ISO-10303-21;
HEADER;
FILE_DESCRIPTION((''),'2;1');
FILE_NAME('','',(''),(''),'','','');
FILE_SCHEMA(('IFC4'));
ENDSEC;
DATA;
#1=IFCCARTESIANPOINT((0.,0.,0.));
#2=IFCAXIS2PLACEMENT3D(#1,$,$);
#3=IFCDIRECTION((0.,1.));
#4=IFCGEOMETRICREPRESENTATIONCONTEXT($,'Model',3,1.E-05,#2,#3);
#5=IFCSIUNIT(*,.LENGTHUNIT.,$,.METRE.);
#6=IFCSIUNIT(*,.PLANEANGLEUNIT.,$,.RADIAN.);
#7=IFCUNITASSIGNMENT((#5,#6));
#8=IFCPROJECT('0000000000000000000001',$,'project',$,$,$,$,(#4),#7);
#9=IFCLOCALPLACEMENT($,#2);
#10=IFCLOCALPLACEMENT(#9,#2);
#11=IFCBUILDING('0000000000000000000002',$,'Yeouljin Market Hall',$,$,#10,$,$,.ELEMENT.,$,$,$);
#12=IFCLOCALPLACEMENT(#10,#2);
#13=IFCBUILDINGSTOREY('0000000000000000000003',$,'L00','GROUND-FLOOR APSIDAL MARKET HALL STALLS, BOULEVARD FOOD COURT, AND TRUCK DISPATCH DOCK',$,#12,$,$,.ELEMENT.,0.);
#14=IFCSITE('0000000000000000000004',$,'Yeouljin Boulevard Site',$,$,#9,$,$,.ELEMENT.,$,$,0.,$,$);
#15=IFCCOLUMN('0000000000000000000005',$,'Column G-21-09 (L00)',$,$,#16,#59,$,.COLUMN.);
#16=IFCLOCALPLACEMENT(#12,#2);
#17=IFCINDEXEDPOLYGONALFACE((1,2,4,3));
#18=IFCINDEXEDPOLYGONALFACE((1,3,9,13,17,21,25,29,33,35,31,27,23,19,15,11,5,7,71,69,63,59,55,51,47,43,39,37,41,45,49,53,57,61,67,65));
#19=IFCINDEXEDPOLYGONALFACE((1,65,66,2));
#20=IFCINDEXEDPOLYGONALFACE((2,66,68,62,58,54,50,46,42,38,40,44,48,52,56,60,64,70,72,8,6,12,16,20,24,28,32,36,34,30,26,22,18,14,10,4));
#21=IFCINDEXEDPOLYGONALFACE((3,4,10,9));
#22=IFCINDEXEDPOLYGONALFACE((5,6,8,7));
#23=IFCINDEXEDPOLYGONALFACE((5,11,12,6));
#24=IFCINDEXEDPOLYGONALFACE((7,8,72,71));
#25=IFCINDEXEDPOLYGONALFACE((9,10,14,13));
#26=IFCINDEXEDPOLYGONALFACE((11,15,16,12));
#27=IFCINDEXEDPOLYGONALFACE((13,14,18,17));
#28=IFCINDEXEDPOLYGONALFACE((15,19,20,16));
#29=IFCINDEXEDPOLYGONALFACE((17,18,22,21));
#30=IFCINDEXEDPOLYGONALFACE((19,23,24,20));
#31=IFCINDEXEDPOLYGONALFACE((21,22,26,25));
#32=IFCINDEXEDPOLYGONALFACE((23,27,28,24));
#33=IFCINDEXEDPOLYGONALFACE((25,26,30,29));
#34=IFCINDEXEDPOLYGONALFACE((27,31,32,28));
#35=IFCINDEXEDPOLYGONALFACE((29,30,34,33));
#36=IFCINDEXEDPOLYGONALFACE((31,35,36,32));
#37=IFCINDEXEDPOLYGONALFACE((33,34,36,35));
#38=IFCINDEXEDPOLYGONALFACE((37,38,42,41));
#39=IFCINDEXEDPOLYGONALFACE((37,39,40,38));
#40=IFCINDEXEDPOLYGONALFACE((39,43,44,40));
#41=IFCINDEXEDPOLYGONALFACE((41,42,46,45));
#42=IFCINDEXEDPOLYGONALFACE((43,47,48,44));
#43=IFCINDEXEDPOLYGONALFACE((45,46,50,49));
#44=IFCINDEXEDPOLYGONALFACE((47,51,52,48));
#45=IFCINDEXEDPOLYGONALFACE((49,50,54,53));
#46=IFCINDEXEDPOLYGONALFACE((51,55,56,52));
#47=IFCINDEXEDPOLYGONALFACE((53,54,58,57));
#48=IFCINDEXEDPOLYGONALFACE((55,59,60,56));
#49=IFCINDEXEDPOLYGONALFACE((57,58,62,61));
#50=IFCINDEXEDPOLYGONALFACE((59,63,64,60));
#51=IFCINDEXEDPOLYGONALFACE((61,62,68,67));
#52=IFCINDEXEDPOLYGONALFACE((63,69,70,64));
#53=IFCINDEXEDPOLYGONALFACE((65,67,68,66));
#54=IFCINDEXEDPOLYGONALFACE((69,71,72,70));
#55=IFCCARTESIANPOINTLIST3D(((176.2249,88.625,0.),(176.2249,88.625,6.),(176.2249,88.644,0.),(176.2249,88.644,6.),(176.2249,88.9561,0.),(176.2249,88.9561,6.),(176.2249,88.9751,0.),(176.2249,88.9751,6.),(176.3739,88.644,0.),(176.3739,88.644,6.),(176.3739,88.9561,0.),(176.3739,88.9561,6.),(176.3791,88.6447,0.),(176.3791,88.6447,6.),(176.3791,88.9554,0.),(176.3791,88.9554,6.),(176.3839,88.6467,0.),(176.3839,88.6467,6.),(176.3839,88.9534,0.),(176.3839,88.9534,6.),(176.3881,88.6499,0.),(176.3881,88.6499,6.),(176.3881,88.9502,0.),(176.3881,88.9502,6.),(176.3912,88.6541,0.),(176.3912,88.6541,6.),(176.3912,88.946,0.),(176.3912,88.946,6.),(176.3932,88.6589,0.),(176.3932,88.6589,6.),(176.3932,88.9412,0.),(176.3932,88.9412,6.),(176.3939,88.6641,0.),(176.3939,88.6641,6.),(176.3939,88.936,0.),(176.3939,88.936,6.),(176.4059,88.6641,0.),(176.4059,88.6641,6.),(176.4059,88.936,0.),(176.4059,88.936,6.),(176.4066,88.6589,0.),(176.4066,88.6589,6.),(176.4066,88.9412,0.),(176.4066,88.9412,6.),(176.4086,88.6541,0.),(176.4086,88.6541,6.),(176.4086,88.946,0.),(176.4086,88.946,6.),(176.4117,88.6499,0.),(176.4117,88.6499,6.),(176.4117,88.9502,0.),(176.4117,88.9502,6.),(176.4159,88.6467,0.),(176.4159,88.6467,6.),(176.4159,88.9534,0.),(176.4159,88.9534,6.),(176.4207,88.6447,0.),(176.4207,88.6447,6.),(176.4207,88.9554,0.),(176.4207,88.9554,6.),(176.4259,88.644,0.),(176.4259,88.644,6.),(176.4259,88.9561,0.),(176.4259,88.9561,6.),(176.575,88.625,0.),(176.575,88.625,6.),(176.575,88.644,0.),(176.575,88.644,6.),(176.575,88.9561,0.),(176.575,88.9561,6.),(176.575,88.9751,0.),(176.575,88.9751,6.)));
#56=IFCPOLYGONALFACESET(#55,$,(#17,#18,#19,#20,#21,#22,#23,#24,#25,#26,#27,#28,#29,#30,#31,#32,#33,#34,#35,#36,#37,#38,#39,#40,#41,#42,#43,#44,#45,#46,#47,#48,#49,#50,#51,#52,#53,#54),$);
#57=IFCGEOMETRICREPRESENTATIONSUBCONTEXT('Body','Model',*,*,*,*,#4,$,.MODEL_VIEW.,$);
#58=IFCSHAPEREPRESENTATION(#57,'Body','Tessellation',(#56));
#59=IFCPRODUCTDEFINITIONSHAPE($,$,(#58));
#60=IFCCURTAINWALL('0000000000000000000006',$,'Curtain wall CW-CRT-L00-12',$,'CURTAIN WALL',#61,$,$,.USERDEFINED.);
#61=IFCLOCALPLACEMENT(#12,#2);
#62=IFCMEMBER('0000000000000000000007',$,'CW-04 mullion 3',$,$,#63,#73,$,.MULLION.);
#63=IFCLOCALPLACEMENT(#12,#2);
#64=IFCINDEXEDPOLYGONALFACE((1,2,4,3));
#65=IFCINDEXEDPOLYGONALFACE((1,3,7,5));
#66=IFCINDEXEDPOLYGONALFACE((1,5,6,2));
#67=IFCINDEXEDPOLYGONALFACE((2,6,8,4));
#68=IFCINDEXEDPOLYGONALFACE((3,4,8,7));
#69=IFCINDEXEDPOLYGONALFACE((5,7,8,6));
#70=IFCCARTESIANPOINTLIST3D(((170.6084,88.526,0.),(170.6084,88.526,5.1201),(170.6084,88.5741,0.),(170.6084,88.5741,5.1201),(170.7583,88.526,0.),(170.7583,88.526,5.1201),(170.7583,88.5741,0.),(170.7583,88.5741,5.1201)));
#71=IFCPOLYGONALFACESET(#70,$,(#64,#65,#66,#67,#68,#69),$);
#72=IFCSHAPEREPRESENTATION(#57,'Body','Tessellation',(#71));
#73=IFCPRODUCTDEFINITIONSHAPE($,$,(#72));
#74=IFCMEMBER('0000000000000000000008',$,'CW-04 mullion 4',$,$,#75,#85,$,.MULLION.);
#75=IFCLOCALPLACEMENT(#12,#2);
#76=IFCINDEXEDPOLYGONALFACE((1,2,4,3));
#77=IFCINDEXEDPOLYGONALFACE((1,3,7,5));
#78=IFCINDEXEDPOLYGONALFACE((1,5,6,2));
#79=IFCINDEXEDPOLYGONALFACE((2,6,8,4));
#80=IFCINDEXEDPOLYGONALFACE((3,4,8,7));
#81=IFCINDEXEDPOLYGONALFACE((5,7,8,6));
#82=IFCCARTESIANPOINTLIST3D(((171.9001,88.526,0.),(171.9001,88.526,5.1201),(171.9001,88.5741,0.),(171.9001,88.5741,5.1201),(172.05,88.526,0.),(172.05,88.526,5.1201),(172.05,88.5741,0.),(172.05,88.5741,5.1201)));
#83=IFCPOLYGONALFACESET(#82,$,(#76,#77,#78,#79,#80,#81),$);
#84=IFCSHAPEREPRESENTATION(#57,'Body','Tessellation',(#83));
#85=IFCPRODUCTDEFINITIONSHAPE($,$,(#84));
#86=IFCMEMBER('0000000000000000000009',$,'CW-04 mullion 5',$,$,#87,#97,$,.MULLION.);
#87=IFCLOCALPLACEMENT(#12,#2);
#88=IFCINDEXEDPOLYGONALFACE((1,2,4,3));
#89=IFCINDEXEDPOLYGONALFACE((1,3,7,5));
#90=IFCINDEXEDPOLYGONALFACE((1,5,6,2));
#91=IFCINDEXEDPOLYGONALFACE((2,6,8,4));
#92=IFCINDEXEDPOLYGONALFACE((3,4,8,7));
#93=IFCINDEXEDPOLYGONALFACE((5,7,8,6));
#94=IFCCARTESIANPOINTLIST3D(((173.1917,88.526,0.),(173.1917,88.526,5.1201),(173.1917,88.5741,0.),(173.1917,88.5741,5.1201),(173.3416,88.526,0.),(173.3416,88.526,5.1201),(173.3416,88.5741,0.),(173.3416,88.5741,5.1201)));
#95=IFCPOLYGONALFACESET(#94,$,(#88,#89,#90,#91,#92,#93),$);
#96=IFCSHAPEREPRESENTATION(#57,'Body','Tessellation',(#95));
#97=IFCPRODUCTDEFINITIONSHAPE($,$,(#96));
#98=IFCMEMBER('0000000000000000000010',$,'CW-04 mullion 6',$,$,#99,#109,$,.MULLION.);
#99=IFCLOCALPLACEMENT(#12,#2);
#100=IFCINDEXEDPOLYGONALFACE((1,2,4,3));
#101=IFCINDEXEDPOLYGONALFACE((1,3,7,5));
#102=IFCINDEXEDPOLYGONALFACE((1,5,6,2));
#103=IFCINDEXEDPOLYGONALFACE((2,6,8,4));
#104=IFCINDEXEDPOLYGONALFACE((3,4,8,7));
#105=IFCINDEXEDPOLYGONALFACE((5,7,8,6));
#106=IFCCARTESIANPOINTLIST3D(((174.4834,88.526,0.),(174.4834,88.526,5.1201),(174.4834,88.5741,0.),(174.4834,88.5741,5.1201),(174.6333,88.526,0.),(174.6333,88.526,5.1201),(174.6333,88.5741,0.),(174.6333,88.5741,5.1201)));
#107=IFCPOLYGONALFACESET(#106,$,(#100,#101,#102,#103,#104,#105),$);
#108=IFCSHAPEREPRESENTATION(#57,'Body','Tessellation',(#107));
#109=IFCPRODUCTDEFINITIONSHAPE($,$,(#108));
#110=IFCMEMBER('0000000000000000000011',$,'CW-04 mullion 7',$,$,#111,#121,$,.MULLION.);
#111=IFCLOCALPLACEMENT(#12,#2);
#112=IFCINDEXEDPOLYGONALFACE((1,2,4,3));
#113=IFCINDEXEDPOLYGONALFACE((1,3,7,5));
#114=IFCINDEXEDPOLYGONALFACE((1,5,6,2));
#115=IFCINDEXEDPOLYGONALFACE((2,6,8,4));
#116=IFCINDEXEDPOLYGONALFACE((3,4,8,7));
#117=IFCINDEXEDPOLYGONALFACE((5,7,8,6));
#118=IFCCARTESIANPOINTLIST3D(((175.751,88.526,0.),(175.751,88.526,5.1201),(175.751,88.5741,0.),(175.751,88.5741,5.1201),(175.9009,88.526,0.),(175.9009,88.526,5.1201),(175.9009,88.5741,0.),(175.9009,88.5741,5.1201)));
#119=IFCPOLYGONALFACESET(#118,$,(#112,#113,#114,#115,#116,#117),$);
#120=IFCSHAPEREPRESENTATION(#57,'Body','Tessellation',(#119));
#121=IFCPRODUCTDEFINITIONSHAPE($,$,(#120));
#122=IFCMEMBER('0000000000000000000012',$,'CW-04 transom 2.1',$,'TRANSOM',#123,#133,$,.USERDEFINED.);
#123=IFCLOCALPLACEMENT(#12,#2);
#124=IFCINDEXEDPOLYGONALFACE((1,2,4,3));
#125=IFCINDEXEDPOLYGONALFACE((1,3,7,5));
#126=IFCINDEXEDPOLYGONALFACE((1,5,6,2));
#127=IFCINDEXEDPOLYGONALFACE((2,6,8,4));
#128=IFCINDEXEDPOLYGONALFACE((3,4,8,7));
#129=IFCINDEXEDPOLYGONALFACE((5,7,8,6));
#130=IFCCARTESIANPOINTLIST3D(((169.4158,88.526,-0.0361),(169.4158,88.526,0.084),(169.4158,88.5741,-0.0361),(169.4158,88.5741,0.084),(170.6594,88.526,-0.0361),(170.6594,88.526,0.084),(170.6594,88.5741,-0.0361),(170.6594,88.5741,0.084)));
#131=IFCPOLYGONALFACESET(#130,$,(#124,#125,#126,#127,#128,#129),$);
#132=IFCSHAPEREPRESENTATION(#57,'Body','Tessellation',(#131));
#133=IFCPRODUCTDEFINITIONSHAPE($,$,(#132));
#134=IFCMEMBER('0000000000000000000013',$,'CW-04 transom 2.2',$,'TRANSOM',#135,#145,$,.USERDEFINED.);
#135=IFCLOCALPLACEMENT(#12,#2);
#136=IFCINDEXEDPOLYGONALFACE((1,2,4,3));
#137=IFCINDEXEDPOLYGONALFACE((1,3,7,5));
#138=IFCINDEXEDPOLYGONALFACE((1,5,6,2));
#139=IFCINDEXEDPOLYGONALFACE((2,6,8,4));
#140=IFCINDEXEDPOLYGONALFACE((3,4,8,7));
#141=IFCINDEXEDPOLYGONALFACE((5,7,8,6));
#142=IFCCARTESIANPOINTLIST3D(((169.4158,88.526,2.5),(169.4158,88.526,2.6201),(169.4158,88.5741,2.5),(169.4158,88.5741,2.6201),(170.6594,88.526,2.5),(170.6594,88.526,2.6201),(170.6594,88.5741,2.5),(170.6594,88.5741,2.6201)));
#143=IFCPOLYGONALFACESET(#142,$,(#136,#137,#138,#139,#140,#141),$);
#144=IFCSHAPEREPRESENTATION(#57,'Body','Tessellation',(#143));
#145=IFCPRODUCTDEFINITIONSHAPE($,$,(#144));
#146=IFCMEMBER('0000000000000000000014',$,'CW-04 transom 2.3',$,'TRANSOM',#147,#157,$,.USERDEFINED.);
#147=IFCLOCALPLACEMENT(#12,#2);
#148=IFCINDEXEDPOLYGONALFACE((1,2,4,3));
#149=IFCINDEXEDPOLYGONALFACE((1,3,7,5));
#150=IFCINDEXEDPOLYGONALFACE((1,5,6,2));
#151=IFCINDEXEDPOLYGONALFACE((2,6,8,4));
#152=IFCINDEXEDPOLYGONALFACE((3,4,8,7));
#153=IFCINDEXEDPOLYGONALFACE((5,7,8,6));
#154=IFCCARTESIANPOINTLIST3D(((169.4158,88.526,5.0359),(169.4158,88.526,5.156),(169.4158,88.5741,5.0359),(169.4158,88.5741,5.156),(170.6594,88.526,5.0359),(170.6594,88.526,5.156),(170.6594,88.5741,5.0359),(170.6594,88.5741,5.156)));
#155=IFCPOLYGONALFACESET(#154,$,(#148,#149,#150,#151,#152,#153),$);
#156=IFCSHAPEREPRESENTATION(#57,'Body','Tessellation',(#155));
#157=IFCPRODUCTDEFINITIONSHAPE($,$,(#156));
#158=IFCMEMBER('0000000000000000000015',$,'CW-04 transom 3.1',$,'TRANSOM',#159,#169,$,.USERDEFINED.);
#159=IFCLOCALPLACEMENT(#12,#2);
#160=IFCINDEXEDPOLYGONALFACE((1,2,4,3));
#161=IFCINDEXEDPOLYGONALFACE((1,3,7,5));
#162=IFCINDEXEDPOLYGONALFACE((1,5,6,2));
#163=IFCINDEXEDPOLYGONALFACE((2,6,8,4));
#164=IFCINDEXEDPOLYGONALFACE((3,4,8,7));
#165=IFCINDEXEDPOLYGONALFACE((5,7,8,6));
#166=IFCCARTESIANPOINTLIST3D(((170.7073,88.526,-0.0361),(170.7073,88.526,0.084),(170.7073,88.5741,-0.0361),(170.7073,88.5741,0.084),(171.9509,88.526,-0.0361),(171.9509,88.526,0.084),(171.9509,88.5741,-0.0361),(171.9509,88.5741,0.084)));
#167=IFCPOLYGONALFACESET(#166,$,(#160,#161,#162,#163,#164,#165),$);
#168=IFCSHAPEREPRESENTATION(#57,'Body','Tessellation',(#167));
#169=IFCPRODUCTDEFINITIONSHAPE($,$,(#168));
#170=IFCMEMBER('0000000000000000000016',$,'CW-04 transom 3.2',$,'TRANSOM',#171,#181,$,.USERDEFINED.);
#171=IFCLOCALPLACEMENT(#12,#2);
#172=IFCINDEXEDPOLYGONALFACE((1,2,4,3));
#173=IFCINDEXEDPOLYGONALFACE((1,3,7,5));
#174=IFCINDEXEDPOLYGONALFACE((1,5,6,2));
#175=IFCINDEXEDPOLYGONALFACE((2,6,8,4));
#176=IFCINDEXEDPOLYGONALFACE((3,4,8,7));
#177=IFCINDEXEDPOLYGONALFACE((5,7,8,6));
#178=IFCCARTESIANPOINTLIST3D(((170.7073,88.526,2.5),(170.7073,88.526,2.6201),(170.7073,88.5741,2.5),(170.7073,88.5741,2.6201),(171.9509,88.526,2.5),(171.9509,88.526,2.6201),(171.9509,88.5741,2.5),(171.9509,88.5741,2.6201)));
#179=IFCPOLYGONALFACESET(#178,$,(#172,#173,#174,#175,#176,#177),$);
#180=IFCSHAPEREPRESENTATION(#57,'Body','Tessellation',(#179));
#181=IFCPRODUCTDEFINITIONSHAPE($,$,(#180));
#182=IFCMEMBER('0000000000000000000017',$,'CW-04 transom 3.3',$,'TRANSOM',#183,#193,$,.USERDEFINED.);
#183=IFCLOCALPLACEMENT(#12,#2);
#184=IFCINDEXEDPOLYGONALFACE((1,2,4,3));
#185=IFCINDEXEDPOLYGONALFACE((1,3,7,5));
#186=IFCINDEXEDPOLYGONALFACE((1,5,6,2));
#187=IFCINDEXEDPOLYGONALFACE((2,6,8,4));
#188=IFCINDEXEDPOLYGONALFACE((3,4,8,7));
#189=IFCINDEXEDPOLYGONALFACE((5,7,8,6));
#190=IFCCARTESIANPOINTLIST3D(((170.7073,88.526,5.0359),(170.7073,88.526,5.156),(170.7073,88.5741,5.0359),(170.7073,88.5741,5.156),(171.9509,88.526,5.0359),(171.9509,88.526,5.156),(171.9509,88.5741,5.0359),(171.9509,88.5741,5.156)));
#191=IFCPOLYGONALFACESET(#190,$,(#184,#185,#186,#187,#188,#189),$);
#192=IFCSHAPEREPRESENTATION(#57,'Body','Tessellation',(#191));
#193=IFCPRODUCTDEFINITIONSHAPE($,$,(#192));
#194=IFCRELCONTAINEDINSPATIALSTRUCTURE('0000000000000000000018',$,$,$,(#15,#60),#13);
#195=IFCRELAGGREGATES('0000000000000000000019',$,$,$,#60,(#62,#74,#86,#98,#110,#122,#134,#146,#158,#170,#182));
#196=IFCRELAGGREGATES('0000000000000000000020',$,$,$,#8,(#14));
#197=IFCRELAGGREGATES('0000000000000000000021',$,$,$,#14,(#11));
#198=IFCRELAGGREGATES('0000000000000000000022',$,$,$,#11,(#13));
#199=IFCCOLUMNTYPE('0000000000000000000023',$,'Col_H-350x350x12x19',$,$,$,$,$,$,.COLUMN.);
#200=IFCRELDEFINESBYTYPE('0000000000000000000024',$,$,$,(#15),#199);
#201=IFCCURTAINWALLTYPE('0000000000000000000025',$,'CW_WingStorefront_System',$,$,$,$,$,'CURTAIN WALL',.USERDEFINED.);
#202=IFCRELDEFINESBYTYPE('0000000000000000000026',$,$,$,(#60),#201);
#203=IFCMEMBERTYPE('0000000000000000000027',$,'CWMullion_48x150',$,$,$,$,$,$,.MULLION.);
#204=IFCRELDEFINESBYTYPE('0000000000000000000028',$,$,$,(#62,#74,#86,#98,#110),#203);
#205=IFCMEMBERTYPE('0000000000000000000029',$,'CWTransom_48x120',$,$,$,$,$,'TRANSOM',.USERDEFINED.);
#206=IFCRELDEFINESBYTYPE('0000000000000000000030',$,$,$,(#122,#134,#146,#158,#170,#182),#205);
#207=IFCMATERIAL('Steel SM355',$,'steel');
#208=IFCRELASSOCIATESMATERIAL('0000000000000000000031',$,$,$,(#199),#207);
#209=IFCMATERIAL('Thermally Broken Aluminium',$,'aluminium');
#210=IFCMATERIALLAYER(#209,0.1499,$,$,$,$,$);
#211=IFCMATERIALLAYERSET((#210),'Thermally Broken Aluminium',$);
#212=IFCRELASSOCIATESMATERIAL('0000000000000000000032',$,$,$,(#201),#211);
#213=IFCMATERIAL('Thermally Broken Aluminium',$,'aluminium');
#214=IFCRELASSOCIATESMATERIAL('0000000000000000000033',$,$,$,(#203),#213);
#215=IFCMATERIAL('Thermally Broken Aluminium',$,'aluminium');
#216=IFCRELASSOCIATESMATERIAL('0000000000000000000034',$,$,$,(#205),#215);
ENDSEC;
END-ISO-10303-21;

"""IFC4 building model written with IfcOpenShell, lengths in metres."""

from ifc_helpers import new_model, si_unit, direction, frame, origin, origin_2d, place, context, subcontext, project, spatial, rectangle, i_section, extrude, material, layer, layer_set, material_profile, profile_set, type_object, element, aggregate, save


model = new_model("IFC4")

# Units and contexts
model_context = context("Model", 3, precision=1e-05, world=origin(), true_north=direction((0.0, 1.0)))
body_context = subcontext(model_context, "Body", "Model", "MODEL_VIEW")
ifc_project = project(units=[si_unit("LENGTHUNIT", "METRE"), si_unit("PLANEANGLEUNIT", "RADIAN")], contexts=[model_context])

# Site, building, storey
site_placement = place(None, origin())
site = spatial("IfcSite", under=ifc_project, at=site_placement, Name="Yeouljin Boulevard Site", CompositionType="ELEMENT", RefElevation=0.0)
building_placement = place(site_placement, origin())
building = spatial("IfcBuilding", under=site, at=building_placement, Name="Yeouljin Market Hall", CompositionType="ELEMENT")
storey_placement = place(building_placement, origin())
storey = spatial("IfcBuildingStorey", under=building, at=storey_placement, Name="L00", Description="GROUND-FLOOR APSIDAL MARKET HALL STALLS, BOULEVARD FOOD COURT, AND TRUCK DISPATCH DOCK", CompositionType="ELEMENT", Elevation=0.0)

# Column
ifc_material_1 = material(Name="Steel SM355", Category="steel")
ifc_material_profile_1 = material_profile(ifc_material_1, i_section(OverallWidth=0.3501, OverallDepth=0.3501, WebThickness=0.012, FlangeThickness=0.019, FilletRadius=0.02, at=origin_2d()), Name="H-350x350x12x19")
ifc_profile_set_1 = profile_set([ifc_material_profile_1], Name="Steel SM355")
column_type = type_object("IfcColumnType", Name="Col_H-350x350x12x19", PredefinedType="COLUMN", material=ifc_profile_set_1)
column_placement = place(storey_placement, frame((176.3999, 88.8, 0.0), z_axis=(0.0, 0.0, 1.0), x_axis=(1.0, 0.0, 0.0)))
element("IfcColumn", 1, at=column_placement, inside=storey, type_object=column_type, Name="Column G-21-09 (L00)", PredefinedType="COLUMN", context=body_context, shape_type="SweptSolid", body=[
    extrude(i_section(OverallWidth=0.3501, OverallDepth=0.3501, WebThickness=0.012, FlangeThickness=0.019, FilletRadius=0.02, at=origin_2d()), origin(), (0.0, 0.0, 1.0), 6.0),
])

# Curtain wall, members
ifc_material_2 = material(Name="Thermally Broken Aluminium", Category="aluminium")
ifc_layer_1 = layer(ifc_material_2, 0.1499)
ifc_layer_set_1 = layer_set([ifc_layer_1], Name="Thermally Broken Aluminium")
curtain_wall_type = type_object("IfcCurtainWallType", Name="CW_WingStorefront_System", ElementType="CURTAIN WALL", PredefinedType="USERDEFINED", material=ifc_layer_set_1)
curtain_wall_placement = place(storey_placement, origin())
curtain_wall = element("IfcCurtainWall", 2, at=curtain_wall_placement, inside=storey, type_object=curtain_wall_type, Name="Curtain wall CW-CRT-L00-12", ObjectType="CURTAIN WALL", PredefinedType="USERDEFINED")
ifc_material_3 = material(Name="Thermally Broken Aluminium", Category="aluminium")
ifc_material_profile_2 = material_profile(ifc_material_3, rectangle(XDim=0.0481, YDim=0.1499, at=origin_2d()), Name="CW-MULL-48x150")
ifc_profile_set_2 = profile_set([ifc_material_profile_2], Name="Thermally Broken Aluminium")
member_type_1 = type_object("IfcMemberType", Name="CWMullion_48x150", PredefinedType="MULLION", material=ifc_profile_set_2)
member_1_placement = place(storey_placement, frame((170.6833, 88.55, 0.0), z_axis=(0.0, 0.0, 1.0), x_axis=(0.0, 1.0, 0.0)))
member_1 = element("IfcMember", 3, at=member_1_placement, type_object=member_type_1, Name="CW-04 mullion 3", PredefinedType="MULLION", context=body_context, shape_type="SweptSolid", body=[
    extrude(rectangle(XDim=0.0481, YDim=0.1499, at=origin_2d()), origin(), (0.0, 0.0, 1.0), 5.1201),
])
member_2_placement = place(storey_placement, frame((171.9751, 88.55, 0.0), z_axis=(0.0, 0.0, 1.0), x_axis=(0.0, 1.0, 0.0)))
member_2 = element("IfcMember", 4, at=member_2_placement, type_object=member_type_1, Name="CW-04 mullion 4", PredefinedType="MULLION", context=body_context, shape_type="SweptSolid", body=[
    extrude(rectangle(XDim=0.0481, YDim=0.1499, at=origin_2d()), origin(), (0.0, 0.0, 1.0), 5.1201),
])
member_3_placement = place(storey_placement, frame((173.2666, 88.55, 0.0), z_axis=(0.0, 0.0, 1.0), x_axis=(0.0, 1.0, 0.0)))
member_3 = element("IfcMember", 5, at=member_3_placement, type_object=member_type_1, Name="CW-04 mullion 5", PredefinedType="MULLION", context=body_context, shape_type="SweptSolid", body=[
    extrude(rectangle(XDim=0.0481, YDim=0.1499, at=origin_2d()), origin(), (0.0, 0.0, 1.0), 5.1201),
])
member_4_placement = place(storey_placement, frame((174.5583, 88.55, 0.0), z_axis=(0.0, 0.0, 1.0), x_axis=(0.0, 1.0, 0.0)))
member_4 = element("IfcMember", 6, at=member_4_placement, type_object=member_type_1, Name="CW-04 mullion 6", PredefinedType="MULLION", context=body_context, shape_type="SweptSolid", body=[
    extrude(rectangle(XDim=0.0481, YDim=0.1499, at=origin_2d()), origin(), (0.0, 0.0, 1.0), 5.1201),
])
member_5_placement = place(storey_placement, frame((175.8259, 88.55, 0.0), z_axis=(0.0, 0.0, 1.0), x_axis=(0.0, 1.0, 0.0)))
member_5 = element("IfcMember", 7, at=member_5_placement, type_object=member_type_1, Name="CW-04 mullion 7", PredefinedType="MULLION", context=body_context, shape_type="SweptSolid", body=[
    extrude(rectangle(XDim=0.0481, YDim=0.1499, at=origin_2d()), origin(), (0.0, 0.0, 1.0), 5.1201),
])
ifc_material_4 = material(Name="Thermally Broken Aluminium", Category="aluminium")
ifc_material_profile_3 = material_profile(ifc_material_4, rectangle(XDim=0.0481, YDim=0.1201, at=origin_2d()), Name="CW-TRAN-48x120")
ifc_profile_set_3 = profile_set([ifc_material_profile_3], Name="Thermally Broken Aluminium")
member_type_2 = type_object("IfcMemberType", Name="CWTransom_48x120", ElementType="TRANSOM", PredefinedType="USERDEFINED", material=ifc_profile_set_3)
member_6_placement = place(storey_placement, frame((169.4158, 88.55, 0.0239), z_axis=(1.0, 0.0, 0.0), x_axis=(0.0, 1.0, 0.0)))
member_6 = element("IfcMember", 8, at=member_6_placement, type_object=member_type_2, Name="CW-04 transom 2.1", ObjectType="TRANSOM", PredefinedType="USERDEFINED", context=body_context, shape_type="SweptSolid", body=[
    extrude(rectangle(XDim=0.0481, YDim=0.1201, at=origin_2d()), origin(), (0.0, 0.0, 1.0), 1.2437),
])
member_7_placement = place(storey_placement, frame((169.4158, 88.55, 2.5601), z_axis=(1.0, 0.0, 0.0), x_axis=(0.0, 1.0, 0.0)))
member_7 = element("IfcMember", 9, at=member_7_placement, type_object=member_type_2, Name="CW-04 transom 2.2", ObjectType="TRANSOM", PredefinedType="USERDEFINED", context=body_context, shape_type="SweptSolid", body=[
    extrude(rectangle(XDim=0.0481, YDim=0.1201, at=origin_2d()), origin(), (0.0, 0.0, 1.0), 1.2437),
])
member_8_placement = place(storey_placement, frame((169.4158, 88.55, 5.0959), z_axis=(1.0, 0.0, 0.0), x_axis=(0.0, 1.0, 0.0)))
member_8 = element("IfcMember", 10, at=member_8_placement, type_object=member_type_2, Name="CW-04 transom 2.3", ObjectType="TRANSOM", PredefinedType="USERDEFINED", context=body_context, shape_type="SweptSolid", body=[
    extrude(rectangle(XDim=0.0481, YDim=0.1201, at=origin_2d()), origin(), (0.0, 0.0, 1.0), 1.2437),
])
member_9_placement = place(storey_placement, frame((170.7073, 88.55, 0.0239), z_axis=(1.0, 0.0, 0.0), x_axis=(0.0, 1.0, 0.0)))
member_9 = element("IfcMember", 11, at=member_9_placement, type_object=member_type_2, Name="CW-04 transom 3.1", ObjectType="TRANSOM", PredefinedType="USERDEFINED", context=body_context, shape_type="SweptSolid", body=[
    extrude(rectangle(XDim=0.0481, YDim=0.1201, at=origin_2d()), origin(), (0.0, 0.0, 1.0), 1.2437),
])
member_10_placement = place(storey_placement, frame((170.7073, 88.55, 2.5601), z_axis=(1.0, 0.0, 0.0), x_axis=(0.0, 1.0, 0.0)))
member_10 = element("IfcMember", 12, at=member_10_placement, type_object=member_type_2, Name="CW-04 transom 3.2", ObjectType="TRANSOM", PredefinedType="USERDEFINED", context=body_context, shape_type="SweptSolid", body=[
    extrude(rectangle(XDim=0.0481, YDim=0.1201, at=origin_2d()), origin(), (0.0, 0.0, 1.0), 1.2437),
])
member_11_placement = place(storey_placement, frame((170.7073, 88.55, 5.0959), z_axis=(1.0, 0.0, 0.0), x_axis=(0.0, 1.0, 0.0)))
member_11 = element("IfcMember", 13, at=member_11_placement, type_object=member_type_2, Name="CW-04 transom 3.3", ObjectType="TRANSOM", PredefinedType="USERDEFINED", context=body_context, shape_type="SweptSolid", body=[
    extrude(rectangle(XDim=0.0481, YDim=0.1201, at=origin_2d()), origin(), (0.0, 0.0, 1.0), 1.2437),
])
aggregate(curtain_wall, [member_1, member_2, member_3, member_4, member_5, member_6, member_7, member_8, member_9, member_10, member_11])

save(model, "model.ifc")
